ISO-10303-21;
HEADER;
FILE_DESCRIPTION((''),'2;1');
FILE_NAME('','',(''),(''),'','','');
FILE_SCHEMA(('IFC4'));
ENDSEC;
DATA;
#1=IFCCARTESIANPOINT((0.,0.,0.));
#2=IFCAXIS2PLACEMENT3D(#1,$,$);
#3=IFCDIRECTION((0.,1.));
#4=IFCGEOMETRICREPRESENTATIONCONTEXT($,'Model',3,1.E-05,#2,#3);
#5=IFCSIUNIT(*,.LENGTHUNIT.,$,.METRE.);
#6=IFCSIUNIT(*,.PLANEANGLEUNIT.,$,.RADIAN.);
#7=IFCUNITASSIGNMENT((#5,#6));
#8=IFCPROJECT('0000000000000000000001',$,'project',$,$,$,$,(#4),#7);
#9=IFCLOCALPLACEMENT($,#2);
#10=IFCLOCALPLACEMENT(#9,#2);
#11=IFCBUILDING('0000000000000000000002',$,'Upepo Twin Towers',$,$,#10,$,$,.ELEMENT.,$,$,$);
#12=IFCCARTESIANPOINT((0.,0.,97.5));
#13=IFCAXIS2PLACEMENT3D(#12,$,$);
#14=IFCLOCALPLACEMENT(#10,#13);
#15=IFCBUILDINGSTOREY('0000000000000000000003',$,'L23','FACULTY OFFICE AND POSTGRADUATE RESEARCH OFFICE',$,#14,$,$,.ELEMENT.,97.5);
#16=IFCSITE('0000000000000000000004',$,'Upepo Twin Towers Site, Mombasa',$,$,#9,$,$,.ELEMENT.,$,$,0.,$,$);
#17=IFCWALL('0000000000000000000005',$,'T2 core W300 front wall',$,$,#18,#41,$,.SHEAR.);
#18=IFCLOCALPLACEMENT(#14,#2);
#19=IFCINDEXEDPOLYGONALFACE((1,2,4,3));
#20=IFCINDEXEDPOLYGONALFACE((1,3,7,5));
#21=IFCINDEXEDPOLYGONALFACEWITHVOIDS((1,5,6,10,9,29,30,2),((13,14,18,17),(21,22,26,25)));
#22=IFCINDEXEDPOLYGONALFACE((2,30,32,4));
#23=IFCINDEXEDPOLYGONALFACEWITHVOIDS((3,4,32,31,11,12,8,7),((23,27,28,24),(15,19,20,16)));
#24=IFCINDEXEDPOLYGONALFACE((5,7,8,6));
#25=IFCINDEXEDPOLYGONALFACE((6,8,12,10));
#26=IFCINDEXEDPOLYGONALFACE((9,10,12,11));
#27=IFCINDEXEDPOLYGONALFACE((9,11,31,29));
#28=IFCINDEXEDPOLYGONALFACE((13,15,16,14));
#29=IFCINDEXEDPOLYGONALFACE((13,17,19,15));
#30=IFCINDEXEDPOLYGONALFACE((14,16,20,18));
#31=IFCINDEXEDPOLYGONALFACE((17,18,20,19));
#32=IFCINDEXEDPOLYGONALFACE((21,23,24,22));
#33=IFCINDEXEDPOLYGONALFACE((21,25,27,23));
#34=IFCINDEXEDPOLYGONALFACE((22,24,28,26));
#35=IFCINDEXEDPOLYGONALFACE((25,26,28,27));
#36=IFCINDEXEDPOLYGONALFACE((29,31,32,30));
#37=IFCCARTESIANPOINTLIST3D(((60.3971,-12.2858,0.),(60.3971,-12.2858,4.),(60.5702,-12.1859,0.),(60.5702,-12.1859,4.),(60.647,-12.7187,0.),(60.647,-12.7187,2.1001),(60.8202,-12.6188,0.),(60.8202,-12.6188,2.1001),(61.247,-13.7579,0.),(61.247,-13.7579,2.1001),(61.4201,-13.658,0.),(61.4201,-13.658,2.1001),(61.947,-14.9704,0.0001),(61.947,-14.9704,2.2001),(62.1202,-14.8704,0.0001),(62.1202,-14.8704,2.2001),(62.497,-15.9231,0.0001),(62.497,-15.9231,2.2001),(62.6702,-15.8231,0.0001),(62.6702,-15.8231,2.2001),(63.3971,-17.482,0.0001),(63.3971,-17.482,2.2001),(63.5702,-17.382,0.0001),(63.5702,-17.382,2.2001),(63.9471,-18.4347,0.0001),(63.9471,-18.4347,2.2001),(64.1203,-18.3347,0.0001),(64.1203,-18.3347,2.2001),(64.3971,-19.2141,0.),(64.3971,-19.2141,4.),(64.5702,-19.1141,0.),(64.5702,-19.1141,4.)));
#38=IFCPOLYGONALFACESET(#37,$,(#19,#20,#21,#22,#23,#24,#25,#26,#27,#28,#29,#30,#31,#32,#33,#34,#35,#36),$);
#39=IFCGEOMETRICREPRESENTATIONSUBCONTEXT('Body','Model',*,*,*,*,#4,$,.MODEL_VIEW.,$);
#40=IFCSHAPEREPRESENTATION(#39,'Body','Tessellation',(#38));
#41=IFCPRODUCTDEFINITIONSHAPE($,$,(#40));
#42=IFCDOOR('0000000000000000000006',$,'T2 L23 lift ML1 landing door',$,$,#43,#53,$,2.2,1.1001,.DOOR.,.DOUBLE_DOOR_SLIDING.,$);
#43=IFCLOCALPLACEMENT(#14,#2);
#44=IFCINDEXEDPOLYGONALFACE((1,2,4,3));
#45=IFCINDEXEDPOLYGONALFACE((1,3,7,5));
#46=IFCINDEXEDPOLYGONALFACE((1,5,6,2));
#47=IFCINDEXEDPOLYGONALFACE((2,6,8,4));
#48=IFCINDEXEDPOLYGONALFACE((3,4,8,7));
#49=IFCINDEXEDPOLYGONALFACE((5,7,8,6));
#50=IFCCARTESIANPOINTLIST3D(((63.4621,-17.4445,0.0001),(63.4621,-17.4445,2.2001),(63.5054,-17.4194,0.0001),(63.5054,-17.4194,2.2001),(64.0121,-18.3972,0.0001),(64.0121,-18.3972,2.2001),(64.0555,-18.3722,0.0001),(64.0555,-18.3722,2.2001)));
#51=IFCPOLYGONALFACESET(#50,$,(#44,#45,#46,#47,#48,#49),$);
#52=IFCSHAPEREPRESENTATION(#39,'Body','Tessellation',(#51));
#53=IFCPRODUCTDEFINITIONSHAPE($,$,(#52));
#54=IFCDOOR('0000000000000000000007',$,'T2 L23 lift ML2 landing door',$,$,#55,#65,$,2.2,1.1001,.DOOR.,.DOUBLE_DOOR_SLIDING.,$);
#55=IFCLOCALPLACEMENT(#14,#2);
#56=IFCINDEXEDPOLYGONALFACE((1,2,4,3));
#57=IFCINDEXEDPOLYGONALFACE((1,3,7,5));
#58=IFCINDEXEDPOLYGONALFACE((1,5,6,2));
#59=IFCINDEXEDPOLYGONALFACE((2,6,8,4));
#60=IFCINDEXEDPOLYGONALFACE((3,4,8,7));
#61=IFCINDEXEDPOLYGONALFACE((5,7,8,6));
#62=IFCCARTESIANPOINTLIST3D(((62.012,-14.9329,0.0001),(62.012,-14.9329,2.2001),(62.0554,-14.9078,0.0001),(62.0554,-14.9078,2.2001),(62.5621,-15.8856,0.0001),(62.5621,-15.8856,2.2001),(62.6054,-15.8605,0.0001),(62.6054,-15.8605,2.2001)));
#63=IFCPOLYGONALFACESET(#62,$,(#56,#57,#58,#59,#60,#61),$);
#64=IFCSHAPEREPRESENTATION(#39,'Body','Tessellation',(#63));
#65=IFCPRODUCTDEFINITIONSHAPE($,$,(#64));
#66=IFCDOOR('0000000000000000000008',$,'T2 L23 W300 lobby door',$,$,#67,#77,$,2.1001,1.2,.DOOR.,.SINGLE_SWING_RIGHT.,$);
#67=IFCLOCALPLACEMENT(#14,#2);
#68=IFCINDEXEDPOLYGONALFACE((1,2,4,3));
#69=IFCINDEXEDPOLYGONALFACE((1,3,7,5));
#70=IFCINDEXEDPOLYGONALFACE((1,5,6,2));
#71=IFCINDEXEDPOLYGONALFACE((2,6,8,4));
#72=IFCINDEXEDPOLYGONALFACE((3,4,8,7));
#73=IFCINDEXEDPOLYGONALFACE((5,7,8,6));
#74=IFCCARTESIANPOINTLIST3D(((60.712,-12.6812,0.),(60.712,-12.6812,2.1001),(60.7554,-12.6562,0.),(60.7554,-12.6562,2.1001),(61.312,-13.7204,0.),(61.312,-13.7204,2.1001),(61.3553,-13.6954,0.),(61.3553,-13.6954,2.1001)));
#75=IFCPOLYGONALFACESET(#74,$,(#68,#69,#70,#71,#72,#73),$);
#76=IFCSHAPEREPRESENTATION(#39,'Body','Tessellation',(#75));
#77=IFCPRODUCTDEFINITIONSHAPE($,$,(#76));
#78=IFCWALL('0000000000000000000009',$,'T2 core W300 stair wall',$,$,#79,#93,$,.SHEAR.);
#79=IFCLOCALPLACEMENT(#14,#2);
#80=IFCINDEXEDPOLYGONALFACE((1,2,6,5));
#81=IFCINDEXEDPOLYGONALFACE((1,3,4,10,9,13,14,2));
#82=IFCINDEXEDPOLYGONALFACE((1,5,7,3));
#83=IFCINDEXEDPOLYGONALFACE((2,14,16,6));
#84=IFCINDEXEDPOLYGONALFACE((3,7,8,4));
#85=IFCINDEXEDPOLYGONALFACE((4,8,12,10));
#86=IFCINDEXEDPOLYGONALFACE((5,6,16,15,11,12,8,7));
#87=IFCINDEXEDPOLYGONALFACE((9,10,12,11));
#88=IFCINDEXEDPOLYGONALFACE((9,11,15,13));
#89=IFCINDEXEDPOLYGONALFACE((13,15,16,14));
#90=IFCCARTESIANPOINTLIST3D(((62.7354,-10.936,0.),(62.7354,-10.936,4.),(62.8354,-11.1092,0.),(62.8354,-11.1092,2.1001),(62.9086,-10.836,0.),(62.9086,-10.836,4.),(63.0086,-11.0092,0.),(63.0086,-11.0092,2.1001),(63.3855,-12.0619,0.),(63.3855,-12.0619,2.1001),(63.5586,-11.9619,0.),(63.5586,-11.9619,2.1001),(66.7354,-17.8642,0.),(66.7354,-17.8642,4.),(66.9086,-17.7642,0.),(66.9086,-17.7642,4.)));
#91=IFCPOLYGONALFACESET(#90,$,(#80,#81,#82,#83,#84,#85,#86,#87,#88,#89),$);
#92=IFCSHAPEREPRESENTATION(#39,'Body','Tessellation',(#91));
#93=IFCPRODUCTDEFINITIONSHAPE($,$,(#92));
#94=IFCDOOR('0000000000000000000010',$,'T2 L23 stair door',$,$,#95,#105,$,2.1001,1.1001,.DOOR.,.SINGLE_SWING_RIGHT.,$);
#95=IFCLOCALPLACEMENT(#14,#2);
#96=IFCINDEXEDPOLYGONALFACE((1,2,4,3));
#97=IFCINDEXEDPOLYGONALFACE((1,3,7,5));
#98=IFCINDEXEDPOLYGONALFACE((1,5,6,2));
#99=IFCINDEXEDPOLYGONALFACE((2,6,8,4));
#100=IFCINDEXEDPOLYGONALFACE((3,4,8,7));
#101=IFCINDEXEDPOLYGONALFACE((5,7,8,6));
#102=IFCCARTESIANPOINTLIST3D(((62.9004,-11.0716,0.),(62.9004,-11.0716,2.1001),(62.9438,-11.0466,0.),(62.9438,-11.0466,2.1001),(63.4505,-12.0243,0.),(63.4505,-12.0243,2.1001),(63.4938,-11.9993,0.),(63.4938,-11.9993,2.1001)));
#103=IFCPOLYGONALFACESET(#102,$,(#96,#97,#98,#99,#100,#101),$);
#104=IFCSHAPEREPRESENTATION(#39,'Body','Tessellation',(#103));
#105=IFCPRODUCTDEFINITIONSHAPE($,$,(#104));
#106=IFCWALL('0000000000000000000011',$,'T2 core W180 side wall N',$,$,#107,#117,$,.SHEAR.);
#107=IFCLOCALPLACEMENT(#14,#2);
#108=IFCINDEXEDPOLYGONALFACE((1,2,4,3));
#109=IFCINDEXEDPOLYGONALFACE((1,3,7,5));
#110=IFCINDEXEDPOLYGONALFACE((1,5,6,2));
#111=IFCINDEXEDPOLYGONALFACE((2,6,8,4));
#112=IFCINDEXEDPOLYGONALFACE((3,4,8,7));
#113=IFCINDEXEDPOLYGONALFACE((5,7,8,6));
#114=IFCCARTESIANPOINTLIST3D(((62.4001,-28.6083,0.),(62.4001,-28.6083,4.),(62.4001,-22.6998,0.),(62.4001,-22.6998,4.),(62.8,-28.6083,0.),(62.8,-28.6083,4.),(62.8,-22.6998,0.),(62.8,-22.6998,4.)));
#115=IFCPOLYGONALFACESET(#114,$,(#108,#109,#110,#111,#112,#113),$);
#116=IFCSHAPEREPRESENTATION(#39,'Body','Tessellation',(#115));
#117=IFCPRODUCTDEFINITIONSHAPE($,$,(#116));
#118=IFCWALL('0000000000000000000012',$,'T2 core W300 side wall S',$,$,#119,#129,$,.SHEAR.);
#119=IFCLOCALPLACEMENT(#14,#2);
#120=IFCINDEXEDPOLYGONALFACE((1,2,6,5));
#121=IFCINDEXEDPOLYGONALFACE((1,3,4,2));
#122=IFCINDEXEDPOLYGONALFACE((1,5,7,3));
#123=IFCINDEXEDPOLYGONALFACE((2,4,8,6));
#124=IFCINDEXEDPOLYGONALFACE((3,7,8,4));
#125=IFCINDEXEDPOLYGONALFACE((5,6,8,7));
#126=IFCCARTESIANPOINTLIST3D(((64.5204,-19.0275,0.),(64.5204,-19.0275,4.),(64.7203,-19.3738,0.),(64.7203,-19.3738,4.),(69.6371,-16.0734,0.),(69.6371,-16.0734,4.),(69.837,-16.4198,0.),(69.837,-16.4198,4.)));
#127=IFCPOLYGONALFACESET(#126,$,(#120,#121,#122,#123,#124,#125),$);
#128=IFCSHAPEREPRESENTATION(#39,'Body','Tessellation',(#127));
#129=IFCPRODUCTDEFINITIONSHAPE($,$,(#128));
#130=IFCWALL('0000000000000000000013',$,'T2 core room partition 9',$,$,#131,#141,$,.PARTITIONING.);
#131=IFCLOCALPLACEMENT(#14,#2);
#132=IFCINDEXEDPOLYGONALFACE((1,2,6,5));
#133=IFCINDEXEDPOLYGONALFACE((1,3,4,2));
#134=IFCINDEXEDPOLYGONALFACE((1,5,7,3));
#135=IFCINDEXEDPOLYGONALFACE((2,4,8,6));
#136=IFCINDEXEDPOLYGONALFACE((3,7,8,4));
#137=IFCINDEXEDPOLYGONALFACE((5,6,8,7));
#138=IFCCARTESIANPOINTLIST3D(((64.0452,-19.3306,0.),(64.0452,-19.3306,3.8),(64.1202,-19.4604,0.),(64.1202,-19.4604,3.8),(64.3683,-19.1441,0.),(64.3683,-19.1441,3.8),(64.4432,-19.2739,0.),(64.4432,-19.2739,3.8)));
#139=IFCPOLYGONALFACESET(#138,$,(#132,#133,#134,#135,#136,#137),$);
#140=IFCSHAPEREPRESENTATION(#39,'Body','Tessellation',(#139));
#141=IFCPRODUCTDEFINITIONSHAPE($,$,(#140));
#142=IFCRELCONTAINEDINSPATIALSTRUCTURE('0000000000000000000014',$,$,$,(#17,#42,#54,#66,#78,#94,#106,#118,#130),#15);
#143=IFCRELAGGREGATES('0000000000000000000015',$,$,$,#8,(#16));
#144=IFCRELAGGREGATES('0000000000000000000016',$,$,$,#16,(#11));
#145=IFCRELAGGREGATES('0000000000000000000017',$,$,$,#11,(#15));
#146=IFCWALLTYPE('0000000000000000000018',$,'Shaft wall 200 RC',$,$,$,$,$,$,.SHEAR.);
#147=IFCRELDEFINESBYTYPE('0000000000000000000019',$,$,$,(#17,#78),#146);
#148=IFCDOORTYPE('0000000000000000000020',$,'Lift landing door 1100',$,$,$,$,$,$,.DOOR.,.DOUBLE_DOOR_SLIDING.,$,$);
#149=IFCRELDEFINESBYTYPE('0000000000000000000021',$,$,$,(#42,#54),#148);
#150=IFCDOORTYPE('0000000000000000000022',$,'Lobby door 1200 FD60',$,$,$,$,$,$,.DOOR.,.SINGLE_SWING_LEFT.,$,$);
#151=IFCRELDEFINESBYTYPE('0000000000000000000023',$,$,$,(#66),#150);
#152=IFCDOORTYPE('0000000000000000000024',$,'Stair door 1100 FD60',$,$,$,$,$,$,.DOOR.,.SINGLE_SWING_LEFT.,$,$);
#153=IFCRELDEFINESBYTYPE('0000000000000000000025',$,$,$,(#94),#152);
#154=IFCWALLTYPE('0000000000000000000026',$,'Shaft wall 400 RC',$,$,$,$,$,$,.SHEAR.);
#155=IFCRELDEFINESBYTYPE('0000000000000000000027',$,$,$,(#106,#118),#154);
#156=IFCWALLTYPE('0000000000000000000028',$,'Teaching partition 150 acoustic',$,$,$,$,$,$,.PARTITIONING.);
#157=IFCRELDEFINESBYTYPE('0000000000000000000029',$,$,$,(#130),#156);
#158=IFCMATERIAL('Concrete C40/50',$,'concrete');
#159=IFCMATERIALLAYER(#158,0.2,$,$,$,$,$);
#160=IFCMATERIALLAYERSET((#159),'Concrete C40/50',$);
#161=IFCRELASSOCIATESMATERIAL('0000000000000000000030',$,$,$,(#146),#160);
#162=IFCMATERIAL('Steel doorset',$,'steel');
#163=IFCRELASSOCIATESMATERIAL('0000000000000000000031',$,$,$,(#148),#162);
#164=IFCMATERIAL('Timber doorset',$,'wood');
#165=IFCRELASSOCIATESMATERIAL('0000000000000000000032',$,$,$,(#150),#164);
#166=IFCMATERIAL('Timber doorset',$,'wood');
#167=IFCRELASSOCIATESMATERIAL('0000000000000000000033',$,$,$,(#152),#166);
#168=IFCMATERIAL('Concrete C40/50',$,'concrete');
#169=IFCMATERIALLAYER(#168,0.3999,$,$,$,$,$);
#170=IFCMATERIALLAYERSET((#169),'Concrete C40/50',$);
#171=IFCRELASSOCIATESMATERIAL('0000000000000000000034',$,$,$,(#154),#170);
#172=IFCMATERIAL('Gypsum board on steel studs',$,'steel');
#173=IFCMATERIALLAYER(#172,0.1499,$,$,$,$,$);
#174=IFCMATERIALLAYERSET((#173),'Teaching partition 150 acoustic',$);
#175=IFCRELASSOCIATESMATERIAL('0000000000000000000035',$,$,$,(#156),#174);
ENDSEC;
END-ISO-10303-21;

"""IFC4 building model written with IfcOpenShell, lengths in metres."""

from ifc_helpers import new_model, si_unit, direction, frame, frame_2d, origin, place, context, subcontext, project, spatial, rectangle, extrude, material, layer, layer_set, type_object, element, fill, save


model = new_model("IFC4")

# Units and contexts
model_context = context("Model", 3, precision=1e-05, world=origin(), true_north=direction((0.0, 1.0)))
body_context = subcontext(model_context, "Body", "Model", "MODEL_VIEW")
ifc_project = project(units=[si_unit("LENGTHUNIT", "METRE"), si_unit("PLANEANGLEUNIT", "RADIAN")], contexts=[model_context])

# Site, building, storey
site_placement = place(None, origin())
site = spatial("IfcSite", under=ifc_project, at=site_placement, Name="Upepo Twin Towers Site, Mombasa", CompositionType="ELEMENT", RefElevation=0.0)
building_placement = place(site_placement, origin())
building = spatial("IfcBuilding", under=site, at=building_placement, Name="Upepo Twin Towers", CompositionType="ELEMENT")
storey_placement = place(building_placement, frame((0.0, 0.0, 97.5)))
storey = spatial("IfcBuildingStorey", under=building, at=storey_placement, Name="L23", Description="FACULTY OFFICE AND POSTGRADUATE RESEARCH OFFICE", CompositionType="ELEMENT", Elevation=97.5)

# Shared definitions
ifc_material_1 = material(Name="Concrete C40/50", Category="concrete")
ifc_layer_1 = layer(ifc_material_1, 0.2)
ifc_layer_set_1 = layer_set([ifc_layer_1], Name="Concrete C40/50")
wall_type_1 = type_object("IfcWallType", Name="Shaft wall 200 RC", PredefinedType="SHEAR", material=ifc_layer_set_1)

# Wall, openings, doors
wall_1_placement = place(storey_placement, frame((64.4836, -19.1641, 0.0), z_axis=(0.0, 0.0, 1.0), x_axis=(-0.499999, 0.866026, 0.0)))
wall_1 = element("IfcWall", 1, at=wall_1_placement, inside=storey, type_object=wall_type_1, Name="T2 core W300 front wall", PredefinedType="SHEAR", context=body_context, shape_type="SweptSolid", body=[
    extrude(rectangle(XDim=8.0, YDim=0.2, at=frame_2d((4.0, 0.0))), origin(), (0.0, 0.0, 1.0), 4.0),
])
opening_1_placement = place(wall_1_placement, frame((6.3, 0.0, 0.0)))
opening_1 = element("IfcOpeningElement", 2, at=opening_1_placement, cuts=wall_1, PredefinedType="OPENING", context=body_context, shape_type="SweptSolid", body=[
    extrude(rectangle(XDim=1.2, YDim=2.1001, at=frame_2d((0.6001, 1.05))), frame((0.0, 0.1099, 0.0), z_axis=(0.0, -1.0, 0.0), x_axis=(1.0, 0.0, 0.0)), (0.0, 0.0, 1.0), 0.22),
])
opening_2_placement = place(wall_1_placement, frame((0.8999, 0.0, 0.0)))
opening_2 = element("IfcOpeningElement", 3, at=opening_2_placement, cuts=wall_1, PredefinedType="OPENING", context=body_context, shape_type="SweptSolid", body=[
    extrude(rectangle(XDim=1.1001, YDim=2.2, at=frame_2d((0.55, 1.1001))), frame((0.0, 0.1099, 0.0), z_axis=(0.0, -1.0, 0.0), x_axis=(1.0, 0.0, 0.0)), (0.0, 0.0, 1.0), 0.22),
])
opening_3_placement = place(wall_1_placement, frame((3.8, 0.0, 0.0)))
opening_3 = element("IfcOpeningElement", 4, at=opening_3_placement, cuts=wall_1, PredefinedType="OPENING", context=body_context, shape_type="SweptSolid", body=[
    extrude(rectangle(XDim=1.1001, YDim=2.2, at=frame_2d((0.55, 1.1001))), frame((0.0, 0.1099, 0.0), z_axis=(0.0, -1.0, 0.0), x_axis=(1.0, 0.0, 0.0)), (0.0, 0.0, 1.0), 0.22),
])
ifc_material_2 = material(Name="Steel doorset", Category="steel")
door_type_1 = type_object("IfcDoorType", Name="Lift landing door 1100", OperationType="DOUBLE_DOOR_SLIDING", PredefinedType="DOOR", material=ifc_material_2)
door_1_placement = place(opening_2_placement, origin())
door_1 = element("IfcDoor", 5, at=door_1_placement, inside=storey, type_object=door_type_1, Name="T2 L23 lift ML1 landing door", OperationType="DOUBLE_DOOR_SLIDING", OverallHeight=2.2, OverallWidth=1.1001, PredefinedType="DOOR", context=body_context, shape_type="SweptSolid", body=[
    extrude(rectangle(XDim=1.1001, YDim=2.2, at=frame_2d((0.55, 1.1001))), frame((0.0, 0.0249, 0.0), z_axis=(0.0, -1.0, 0.0), x_axis=(1.0, 0.0, 0.0)), (0.0, 0.0, 1.0), 0.05),
])
fill(opening_2, door_1)
door_2_placement = place(opening_3_placement, origin())
door_2 = element("IfcDoor", 6, at=door_2_placement, inside=storey, type_object=door_type_1, Name="T2 L23 lift ML2 landing door", OperationType="DOUBLE_DOOR_SLIDING", OverallHeight=2.2, OverallWidth=1.1001, PredefinedType="DOOR", context=body_context, shape_type="SweptSolid", body=[
    extrude(rectangle(XDim=1.1001, YDim=2.2, at=frame_2d((0.55, 1.1001))), frame((0.0, 0.0249, 0.0), z_axis=(0.0, -1.0, 0.0), x_axis=(1.0, 0.0, 0.0)), (0.0, 0.0, 1.0), 0.05),
])
fill(opening_3, door_2)
ifc_material_3 = material(Name="Timber doorset", Category="wood")
door_type_2 = type_object("IfcDoorType", Name="Lobby door 1200 FD60", OperationType="SINGLE_SWING_LEFT", PredefinedType="DOOR", material=ifc_material_3)
door_3_placement = place(opening_1_placement, origin())
door_3 = element("IfcDoor", 7, at=door_3_placement, inside=storey, type_object=door_type_2, Name="T2 L23 W300 lobby door", OperationType="SINGLE_SWING_RIGHT", OverallHeight=2.1001, OverallWidth=1.2, PredefinedType="DOOR", context=body_context, shape_type="SweptSolid", body=[
    extrude(rectangle(XDim=1.2, YDim=2.1001, at=frame_2d((0.6001, 1.05))), frame((0.0, 0.0249, 0.0), z_axis=(0.0, -1.0, 0.0), x_axis=(1.0, 0.0, 0.0)), (0.0, 0.0, 1.0), 0.05),
])
fill(opening_1, door_3)

# Wall, opening, door
wall_2_placement = place(storey_placement, frame((66.822, -17.8142, 0.0), z_axis=(0.0, 0.0, 1.0), x_axis=(-0.499999, 0.866026, 0.0)))
wall_2 = element("IfcWall", 8, at=wall_2_placement, inside=storey, type_object=wall_type_1, Name="T2 core W300 stair wall", PredefinedType="SHEAR", context=body_context, shape_type="SweptSolid", body=[
    extrude(rectangle(XDim=8.0, YDim=0.2, at=frame_2d((4.0, 0.0))), origin(), (0.0, 0.0, 1.0), 4.0),
])
opening_4_placement = place(wall_2_placement, frame((6.7, 0.0, 0.0)))
opening_4 = element("IfcOpeningElement", 9, at=opening_4_placement, cuts=wall_2, PredefinedType="OPENING", context=body_context, shape_type="SweptSolid", body=[
    extrude(rectangle(XDim=1.1001, YDim=2.1001, at=frame_2d((0.55, 1.05))), frame((0.0, 0.1099, 0.0), z_axis=(0.0, -1.0, 0.0), x_axis=(1.0, 0.0, 0.0)), (0.0, 0.0, 1.0), 0.22),
])
ifc_material_4 = material(Name="Timber doorset", Category="wood")
door_type_3 = type_object("IfcDoorType", Name="Stair door 1100 FD60", OperationType="SINGLE_SWING_LEFT", PredefinedType="DOOR", material=ifc_material_4)
door_4_placement = place(opening_4_placement, origin())
door_4 = element("IfcDoor", 10, at=door_4_placement, inside=storey, type_object=door_type_3, Name="T2 L23 stair door", OperationType="SINGLE_SWING_RIGHT", OverallHeight=2.1001, OverallWidth=1.1001, PredefinedType="DOOR", context=body_context, shape_type="SweptSolid", body=[
    extrude(rectangle(XDim=1.1001, YDim=2.1001, at=frame_2d((0.55, 1.05))), frame((0.0, 0.0249, 0.0), z_axis=(0.0, -1.0, 0.0), x_axis=(1.0, 0.0, 0.0)), (0.0, 0.0, 1.0), 0.05),
])
fill(opening_4, door_4)

# Walls
ifc_material_5 = material(Name="Concrete C40/50", Category="concrete")
ifc_layer_2 = layer(ifc_material_5, 0.3999)
ifc_layer_set_2 = layer_set([ifc_layer_2], Name="Concrete C40/50")
wall_type_2 = type_object("IfcWallType", Name="Shaft wall 400 RC", PredefinedType="SHEAR", material=ifc_layer_set_2)
wall_3_placement = place(storey_placement, frame((62.6001, -22.7, 0.0), z_axis=(0.0, 0.0, 1.0), x_axis=(0.0, -1.0, 0.0)))
element("IfcWall", 11, at=wall_3_placement, inside=storey, type_object=wall_type_2, Name="T2 core W180 side wall N", PredefinedType="SHEAR", context=body_context, shape_type="SweptSolid", body=[
    extrude(rectangle(XDim=5.9084, YDim=0.3999, at=frame_2d((2.9541, 0.0))), origin(), (0.0, 0.0, 1.0), 4.0),
])
wall_4_placement = place(storey_placement, frame((64.6204, -19.2007, 0.0), z_axis=(0.0, 0.0, 1.0), x_axis=(0.866027, 0.499997, 0.0)))
element("IfcWall", 12, at=wall_4_placement, inside=storey, type_object=wall_type_2, Name="T2 core W300 side wall S", PredefinedType="SHEAR", context=body_context, shape_type="SweptSolid", body=[
    extrude(rectangle(XDim=5.9082, YDim=0.3999, at=frame_2d((2.9541, 0.0))), origin(), (0.0, 0.0, 1.0), 4.0),
])
ifc_material_6 = material(Name="Gypsum board on steel studs", Category="steel")
ifc_layer_3 = layer(ifc_material_6, 0.1499)
ifc_layer_set_3 = layer_set([ifc_layer_3], Name="Teaching partition 150 acoustic")
wall_type_3 = type_object("IfcWallType", Name="Teaching partition 150 acoustic", PredefinedType="PARTITIONING", material=ifc_layer_set_3)
wall_5_placement = place(storey_placement, frame((64.4058, -19.209, 0.0), z_axis=(0.0, 0.0, 1.0), x_axis=(-0.865978, -0.500081, 0.0)))
element("IfcWall", 13, at=wall_5_placement, inside=storey, type_object=wall_type_3, Name="T2 core room partition 9", PredefinedType="PARTITIONING", context=body_context, shape_type="SweptSolid", body=[
    extrude(rectangle(XDim=0.373, YDim=0.1499, at=frame_2d((0.1865, 0.0))), origin(), (0.0, 0.0, 1.0), 3.8),
])

save(model, "model.ifc")
